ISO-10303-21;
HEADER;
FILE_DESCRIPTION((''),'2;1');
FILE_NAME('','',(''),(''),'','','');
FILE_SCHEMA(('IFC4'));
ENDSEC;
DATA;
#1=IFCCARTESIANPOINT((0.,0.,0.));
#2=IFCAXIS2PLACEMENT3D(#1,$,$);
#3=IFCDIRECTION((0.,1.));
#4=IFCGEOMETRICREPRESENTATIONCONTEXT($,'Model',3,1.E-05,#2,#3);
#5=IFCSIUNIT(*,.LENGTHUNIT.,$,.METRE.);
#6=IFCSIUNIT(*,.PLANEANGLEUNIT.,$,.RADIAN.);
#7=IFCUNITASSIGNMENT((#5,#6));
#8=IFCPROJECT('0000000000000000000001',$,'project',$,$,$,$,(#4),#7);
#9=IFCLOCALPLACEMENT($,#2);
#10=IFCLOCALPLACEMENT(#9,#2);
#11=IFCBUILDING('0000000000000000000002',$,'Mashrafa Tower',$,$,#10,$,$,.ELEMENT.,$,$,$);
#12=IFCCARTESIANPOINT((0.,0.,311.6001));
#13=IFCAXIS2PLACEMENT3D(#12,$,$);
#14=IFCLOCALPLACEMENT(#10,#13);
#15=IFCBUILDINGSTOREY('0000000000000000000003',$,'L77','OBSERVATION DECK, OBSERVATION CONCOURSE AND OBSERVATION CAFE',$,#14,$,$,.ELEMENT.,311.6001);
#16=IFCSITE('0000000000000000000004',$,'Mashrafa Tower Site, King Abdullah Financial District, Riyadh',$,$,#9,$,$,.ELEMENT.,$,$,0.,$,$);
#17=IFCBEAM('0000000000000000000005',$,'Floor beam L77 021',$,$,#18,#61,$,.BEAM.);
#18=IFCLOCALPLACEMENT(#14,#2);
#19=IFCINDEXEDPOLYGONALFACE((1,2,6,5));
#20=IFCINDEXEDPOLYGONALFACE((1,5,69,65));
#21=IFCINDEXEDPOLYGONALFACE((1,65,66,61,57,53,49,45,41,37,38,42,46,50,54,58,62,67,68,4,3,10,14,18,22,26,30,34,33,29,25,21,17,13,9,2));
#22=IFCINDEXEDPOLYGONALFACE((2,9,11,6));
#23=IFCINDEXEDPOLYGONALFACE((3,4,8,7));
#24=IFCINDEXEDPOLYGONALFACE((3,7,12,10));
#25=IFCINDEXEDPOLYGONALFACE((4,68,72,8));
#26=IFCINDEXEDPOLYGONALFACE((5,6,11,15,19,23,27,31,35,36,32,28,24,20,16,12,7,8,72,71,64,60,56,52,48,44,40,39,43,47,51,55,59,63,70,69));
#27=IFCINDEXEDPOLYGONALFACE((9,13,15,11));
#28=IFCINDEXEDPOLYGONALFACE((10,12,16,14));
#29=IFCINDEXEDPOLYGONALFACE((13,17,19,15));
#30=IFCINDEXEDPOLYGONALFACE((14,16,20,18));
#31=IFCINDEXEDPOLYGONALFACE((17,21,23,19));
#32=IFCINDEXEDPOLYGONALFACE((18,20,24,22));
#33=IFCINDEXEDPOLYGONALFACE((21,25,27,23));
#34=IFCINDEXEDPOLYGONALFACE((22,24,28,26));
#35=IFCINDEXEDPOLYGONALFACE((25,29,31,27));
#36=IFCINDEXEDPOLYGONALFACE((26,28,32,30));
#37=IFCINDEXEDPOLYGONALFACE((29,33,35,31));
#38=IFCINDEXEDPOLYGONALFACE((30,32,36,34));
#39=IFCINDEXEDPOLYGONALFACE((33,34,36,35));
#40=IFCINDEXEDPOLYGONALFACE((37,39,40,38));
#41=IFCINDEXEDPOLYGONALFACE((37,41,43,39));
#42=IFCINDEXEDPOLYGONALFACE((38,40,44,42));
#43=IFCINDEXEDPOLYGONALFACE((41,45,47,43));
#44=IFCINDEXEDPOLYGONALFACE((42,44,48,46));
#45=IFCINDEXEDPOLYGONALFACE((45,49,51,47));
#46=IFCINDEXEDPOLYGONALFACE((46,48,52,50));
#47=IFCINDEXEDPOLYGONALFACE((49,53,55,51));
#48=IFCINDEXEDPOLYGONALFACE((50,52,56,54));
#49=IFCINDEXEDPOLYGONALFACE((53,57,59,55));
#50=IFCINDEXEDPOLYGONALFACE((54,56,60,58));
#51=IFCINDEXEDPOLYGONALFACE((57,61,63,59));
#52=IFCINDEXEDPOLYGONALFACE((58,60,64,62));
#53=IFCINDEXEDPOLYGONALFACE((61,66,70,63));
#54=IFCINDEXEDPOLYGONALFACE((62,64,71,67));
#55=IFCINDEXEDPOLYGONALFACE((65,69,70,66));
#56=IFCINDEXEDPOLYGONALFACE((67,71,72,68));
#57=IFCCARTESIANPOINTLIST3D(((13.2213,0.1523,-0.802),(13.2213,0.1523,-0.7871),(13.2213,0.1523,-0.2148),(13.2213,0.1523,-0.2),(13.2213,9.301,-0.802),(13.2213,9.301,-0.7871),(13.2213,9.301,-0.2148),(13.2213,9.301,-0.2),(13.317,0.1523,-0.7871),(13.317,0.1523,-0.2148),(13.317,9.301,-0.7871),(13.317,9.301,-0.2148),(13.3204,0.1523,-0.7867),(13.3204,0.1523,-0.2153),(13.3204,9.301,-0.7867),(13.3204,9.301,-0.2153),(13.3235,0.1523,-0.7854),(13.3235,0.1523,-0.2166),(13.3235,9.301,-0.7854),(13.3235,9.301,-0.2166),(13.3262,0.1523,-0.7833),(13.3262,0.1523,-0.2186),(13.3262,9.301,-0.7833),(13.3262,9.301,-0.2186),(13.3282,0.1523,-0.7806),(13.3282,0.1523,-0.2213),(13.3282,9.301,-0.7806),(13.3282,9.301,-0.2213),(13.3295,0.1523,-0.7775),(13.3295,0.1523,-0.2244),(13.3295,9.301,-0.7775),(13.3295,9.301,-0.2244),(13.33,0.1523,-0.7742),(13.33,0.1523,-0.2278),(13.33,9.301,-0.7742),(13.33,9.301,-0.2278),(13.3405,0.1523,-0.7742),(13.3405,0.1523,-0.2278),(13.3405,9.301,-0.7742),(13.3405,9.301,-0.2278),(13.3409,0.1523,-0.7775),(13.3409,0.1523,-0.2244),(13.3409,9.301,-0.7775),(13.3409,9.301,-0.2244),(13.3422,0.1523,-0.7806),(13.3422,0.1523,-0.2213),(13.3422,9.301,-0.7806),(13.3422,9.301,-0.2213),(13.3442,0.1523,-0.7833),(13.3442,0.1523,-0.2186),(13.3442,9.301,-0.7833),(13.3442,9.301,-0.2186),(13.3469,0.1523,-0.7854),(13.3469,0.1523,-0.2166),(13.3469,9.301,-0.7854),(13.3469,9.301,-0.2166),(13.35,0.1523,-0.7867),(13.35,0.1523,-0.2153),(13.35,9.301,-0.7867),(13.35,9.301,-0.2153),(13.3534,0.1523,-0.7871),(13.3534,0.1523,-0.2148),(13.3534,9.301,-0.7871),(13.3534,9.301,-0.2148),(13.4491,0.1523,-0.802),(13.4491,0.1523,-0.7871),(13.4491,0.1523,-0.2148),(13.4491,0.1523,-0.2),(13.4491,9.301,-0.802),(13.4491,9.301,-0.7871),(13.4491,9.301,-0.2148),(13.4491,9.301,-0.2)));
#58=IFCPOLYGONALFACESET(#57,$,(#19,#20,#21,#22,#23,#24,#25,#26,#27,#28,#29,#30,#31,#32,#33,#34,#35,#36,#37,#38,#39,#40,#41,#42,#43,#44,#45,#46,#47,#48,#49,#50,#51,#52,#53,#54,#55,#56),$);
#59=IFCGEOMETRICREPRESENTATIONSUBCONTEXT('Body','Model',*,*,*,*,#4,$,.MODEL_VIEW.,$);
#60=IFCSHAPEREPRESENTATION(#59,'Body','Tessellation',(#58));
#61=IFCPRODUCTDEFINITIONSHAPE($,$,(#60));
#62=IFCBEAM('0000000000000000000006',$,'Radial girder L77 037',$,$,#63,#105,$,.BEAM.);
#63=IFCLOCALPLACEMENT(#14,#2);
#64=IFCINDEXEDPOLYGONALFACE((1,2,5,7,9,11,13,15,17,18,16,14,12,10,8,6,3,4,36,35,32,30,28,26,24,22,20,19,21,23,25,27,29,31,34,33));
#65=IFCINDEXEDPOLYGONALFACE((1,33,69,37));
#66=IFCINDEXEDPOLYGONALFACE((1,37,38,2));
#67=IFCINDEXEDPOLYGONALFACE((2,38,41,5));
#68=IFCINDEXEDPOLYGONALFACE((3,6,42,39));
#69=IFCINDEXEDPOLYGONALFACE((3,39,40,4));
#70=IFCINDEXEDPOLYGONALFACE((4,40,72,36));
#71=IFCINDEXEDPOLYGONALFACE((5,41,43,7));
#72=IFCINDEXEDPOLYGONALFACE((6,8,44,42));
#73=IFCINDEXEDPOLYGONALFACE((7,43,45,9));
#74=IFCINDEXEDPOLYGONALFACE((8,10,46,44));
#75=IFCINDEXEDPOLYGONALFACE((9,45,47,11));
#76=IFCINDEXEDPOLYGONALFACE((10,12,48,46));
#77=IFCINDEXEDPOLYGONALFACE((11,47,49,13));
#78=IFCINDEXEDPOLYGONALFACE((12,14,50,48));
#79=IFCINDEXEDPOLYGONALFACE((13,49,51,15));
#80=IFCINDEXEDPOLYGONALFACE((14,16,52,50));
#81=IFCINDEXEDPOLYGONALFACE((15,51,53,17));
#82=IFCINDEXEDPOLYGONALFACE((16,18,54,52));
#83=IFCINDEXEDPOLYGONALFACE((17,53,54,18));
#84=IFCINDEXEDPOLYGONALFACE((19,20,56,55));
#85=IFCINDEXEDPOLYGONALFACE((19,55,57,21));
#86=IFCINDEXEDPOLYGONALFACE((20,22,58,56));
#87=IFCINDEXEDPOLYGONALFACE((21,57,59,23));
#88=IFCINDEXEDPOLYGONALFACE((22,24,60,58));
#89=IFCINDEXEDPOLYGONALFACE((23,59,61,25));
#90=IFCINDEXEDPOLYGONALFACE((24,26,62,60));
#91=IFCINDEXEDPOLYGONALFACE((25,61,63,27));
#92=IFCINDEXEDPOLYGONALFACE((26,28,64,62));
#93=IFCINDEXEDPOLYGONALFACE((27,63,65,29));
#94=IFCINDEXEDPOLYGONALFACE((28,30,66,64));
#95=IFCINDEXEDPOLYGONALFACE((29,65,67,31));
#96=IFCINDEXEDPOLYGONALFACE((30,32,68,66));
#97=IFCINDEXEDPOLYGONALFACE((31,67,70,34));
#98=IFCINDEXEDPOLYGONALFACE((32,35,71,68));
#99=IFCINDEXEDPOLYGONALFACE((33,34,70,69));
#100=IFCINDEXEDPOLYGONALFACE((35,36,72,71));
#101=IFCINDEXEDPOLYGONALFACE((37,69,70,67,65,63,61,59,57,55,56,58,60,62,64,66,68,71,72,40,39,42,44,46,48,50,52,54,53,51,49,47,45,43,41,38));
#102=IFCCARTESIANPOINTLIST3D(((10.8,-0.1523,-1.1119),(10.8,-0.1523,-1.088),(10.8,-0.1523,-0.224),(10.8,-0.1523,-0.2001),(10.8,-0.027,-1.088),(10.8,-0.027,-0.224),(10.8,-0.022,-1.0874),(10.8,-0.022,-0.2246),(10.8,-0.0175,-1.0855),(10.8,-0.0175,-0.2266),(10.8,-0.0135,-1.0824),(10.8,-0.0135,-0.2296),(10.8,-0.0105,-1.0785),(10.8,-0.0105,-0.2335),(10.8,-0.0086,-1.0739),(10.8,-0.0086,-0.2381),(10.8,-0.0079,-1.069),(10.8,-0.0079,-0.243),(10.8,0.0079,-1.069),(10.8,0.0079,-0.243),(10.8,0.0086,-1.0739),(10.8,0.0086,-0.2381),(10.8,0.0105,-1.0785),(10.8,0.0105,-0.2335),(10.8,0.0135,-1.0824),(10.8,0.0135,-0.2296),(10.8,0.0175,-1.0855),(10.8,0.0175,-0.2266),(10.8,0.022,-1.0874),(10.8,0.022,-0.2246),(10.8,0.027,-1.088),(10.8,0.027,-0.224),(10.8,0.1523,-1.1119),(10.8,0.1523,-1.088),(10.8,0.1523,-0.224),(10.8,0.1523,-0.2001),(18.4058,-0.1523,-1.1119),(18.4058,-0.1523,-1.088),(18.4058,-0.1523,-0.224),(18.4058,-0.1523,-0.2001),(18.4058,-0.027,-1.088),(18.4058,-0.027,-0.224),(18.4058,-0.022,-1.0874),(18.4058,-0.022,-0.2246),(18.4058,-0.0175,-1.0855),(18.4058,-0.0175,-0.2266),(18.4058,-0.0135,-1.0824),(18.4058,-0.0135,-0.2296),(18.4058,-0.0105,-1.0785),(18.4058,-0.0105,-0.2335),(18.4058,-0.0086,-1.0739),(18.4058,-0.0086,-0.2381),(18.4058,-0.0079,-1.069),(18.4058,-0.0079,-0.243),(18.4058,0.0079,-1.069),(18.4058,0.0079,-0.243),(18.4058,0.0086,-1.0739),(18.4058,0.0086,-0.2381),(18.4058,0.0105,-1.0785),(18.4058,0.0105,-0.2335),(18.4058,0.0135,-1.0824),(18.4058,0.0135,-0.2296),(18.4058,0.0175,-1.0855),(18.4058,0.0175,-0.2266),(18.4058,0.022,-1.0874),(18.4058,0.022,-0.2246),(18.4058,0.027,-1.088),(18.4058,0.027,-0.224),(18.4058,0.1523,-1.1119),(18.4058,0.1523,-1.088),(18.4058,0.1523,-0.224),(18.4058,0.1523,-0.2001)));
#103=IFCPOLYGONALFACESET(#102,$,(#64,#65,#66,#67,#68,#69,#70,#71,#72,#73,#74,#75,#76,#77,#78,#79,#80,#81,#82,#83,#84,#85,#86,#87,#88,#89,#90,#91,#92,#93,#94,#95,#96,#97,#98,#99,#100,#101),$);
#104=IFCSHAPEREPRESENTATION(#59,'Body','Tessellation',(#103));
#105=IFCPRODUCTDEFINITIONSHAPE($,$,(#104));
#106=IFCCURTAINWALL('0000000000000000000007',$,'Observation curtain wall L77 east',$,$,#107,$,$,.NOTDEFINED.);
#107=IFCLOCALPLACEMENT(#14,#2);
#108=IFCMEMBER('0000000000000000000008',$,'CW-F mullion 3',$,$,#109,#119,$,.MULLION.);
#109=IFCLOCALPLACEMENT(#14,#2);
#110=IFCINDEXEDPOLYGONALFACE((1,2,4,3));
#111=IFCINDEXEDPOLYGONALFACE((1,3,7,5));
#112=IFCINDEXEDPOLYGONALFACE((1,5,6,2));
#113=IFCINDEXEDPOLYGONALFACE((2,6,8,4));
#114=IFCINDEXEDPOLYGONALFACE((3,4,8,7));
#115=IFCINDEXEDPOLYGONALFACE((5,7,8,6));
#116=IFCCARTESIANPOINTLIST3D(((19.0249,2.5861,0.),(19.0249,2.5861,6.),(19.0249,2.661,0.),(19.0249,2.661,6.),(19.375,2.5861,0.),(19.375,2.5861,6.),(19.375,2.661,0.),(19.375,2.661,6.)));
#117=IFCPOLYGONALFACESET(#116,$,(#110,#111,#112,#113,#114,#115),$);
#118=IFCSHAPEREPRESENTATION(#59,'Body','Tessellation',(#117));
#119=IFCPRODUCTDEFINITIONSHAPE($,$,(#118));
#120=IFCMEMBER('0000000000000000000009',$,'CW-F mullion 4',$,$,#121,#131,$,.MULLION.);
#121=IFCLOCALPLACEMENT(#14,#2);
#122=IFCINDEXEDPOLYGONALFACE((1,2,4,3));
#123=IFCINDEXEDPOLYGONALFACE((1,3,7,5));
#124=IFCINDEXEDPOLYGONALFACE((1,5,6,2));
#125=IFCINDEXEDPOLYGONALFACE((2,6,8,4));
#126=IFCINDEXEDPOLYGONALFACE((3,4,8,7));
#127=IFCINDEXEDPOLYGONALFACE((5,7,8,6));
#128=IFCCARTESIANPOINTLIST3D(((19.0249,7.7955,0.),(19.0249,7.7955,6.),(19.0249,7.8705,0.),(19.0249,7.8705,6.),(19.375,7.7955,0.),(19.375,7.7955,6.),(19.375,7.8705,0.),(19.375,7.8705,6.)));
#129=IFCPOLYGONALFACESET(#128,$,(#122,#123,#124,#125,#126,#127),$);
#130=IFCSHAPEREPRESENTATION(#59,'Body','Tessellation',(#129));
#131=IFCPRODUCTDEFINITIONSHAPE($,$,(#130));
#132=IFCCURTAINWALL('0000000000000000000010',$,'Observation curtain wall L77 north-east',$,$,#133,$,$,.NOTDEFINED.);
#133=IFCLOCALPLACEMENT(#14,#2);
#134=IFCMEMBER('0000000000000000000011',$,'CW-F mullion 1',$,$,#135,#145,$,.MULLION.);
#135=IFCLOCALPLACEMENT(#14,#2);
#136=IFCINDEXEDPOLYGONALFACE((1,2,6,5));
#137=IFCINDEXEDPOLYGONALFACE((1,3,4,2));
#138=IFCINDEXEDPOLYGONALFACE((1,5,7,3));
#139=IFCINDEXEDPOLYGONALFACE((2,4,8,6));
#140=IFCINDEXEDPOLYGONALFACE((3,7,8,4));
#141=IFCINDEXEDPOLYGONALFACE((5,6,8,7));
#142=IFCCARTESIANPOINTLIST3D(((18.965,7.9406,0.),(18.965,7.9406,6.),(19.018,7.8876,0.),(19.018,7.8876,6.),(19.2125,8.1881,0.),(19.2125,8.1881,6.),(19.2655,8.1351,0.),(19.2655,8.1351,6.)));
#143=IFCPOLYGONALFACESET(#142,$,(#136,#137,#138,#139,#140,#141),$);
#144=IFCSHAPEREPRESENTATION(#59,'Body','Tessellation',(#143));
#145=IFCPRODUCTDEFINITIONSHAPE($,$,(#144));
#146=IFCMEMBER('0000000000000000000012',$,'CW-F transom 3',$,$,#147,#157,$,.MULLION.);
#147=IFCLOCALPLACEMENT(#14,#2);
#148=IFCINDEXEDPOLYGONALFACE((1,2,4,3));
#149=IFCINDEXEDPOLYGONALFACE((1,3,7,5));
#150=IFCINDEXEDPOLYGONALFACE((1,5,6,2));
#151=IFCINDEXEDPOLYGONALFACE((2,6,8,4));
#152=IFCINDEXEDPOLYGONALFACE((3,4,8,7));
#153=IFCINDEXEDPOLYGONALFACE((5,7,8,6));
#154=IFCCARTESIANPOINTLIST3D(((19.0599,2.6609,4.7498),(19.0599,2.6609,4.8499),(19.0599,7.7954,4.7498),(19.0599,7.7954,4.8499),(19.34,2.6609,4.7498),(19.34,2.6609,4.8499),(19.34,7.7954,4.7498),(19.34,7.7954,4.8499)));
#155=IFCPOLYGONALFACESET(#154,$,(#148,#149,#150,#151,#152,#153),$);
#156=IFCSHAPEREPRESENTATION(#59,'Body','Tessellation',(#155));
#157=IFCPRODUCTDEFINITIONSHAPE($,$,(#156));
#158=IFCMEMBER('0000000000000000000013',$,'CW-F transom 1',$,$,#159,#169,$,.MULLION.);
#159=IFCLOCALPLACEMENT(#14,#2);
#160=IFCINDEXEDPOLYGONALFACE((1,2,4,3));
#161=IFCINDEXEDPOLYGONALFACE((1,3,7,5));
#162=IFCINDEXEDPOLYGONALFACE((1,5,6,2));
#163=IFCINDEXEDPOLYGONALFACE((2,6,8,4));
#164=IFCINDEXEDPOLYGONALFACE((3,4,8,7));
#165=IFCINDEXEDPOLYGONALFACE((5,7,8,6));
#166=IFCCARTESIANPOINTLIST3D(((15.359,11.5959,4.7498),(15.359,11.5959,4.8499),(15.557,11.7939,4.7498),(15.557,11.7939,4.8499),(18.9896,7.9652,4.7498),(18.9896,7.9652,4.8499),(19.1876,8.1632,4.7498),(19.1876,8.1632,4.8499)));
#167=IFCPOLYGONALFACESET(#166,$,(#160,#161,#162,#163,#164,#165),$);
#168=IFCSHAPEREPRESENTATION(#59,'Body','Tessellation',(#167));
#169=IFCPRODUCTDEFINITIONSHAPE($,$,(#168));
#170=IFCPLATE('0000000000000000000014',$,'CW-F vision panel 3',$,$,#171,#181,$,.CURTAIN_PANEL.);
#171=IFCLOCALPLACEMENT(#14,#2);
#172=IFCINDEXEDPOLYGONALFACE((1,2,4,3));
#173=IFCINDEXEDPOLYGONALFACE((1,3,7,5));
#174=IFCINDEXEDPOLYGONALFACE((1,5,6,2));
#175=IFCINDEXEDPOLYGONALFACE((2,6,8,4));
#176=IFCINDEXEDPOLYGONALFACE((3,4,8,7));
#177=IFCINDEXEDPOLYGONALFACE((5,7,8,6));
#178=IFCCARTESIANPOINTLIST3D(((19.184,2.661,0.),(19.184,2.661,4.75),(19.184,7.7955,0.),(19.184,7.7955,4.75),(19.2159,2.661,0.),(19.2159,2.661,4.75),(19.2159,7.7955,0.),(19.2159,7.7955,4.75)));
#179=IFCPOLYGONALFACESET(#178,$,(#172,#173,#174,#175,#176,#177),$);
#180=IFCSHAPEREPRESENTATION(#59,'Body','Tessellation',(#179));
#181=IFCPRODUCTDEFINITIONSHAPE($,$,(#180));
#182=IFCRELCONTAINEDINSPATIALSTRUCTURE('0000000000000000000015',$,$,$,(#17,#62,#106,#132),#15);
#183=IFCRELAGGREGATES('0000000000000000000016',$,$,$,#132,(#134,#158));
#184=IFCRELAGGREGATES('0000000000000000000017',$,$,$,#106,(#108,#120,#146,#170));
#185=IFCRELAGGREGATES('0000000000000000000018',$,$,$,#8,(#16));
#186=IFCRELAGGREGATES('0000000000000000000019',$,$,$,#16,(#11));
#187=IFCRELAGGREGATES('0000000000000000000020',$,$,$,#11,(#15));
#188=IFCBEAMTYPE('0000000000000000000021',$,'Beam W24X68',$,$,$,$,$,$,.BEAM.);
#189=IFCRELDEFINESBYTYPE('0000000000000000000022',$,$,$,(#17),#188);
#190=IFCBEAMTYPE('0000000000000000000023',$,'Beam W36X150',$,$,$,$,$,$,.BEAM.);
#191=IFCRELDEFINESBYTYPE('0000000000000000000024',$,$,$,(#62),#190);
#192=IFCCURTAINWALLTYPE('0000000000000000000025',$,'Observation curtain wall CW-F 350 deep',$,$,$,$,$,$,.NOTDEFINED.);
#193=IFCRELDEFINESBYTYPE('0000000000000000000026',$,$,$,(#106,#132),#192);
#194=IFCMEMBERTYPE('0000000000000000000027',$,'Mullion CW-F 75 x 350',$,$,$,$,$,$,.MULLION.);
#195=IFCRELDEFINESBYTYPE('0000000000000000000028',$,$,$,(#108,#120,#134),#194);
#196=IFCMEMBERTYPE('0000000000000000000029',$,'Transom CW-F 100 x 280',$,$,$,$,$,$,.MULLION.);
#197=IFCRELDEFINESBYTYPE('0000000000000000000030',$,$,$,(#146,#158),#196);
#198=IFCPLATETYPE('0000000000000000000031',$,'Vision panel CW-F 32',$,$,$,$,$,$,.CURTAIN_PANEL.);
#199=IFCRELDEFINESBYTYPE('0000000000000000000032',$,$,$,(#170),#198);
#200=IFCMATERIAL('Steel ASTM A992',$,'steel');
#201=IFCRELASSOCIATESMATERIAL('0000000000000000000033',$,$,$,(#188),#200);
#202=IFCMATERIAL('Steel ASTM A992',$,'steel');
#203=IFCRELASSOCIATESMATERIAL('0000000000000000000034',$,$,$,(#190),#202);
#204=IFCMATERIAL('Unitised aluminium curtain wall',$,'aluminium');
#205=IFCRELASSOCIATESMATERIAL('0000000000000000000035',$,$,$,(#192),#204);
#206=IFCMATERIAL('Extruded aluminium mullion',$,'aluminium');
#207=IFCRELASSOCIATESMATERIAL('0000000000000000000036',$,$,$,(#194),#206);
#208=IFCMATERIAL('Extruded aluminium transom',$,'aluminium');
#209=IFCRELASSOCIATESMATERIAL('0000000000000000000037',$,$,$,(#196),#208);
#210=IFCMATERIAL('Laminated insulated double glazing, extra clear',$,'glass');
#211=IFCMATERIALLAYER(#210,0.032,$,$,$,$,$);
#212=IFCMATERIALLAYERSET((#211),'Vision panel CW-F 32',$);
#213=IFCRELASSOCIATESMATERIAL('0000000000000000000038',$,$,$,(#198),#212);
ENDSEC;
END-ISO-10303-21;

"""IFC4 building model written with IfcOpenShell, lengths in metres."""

from ifc_helpers import new_model, si_unit, direction, frame, origin, origin_2d, place, context, subcontext, project, spatial, rectangle, i_section, extrude, source, transform, mapped, material, layer, layer_set, material_profile, profile_set, type_object, type_shapes, element, aggregate, save


model = new_model("IFC4")

# Units and contexts
model_context = context("Model", 3, precision=1e-05, world=origin(), true_north=direction((0.0, 1.0)))
body_context = subcontext(model_context, "Body", "Model", "MODEL_VIEW")
ifc_project = project(units=[si_unit("LENGTHUNIT", "METRE"), si_unit("PLANEANGLEUNIT", "RADIAN")], contexts=[model_context])

# Site, building, storey
site_placement = place(None, origin())
site = spatial("IfcSite", under=ifc_project, at=site_placement, Name="Mashrafa Tower Site, King Abdullah Financial District, Riyadh", CompositionType="ELEMENT", RefElevation=0.0)
building_placement = place(site_placement, origin())
building = spatial("IfcBuilding", under=site, at=building_placement, Name="Mashrafa Tower", CompositionType="ELEMENT")
storey_placement = place(building_placement, frame((0.0, 0.0, 311.6001)))
storey = spatial("IfcBuildingStorey", under=building, at=storey_placement, Name="L77", Description="OBSERVATION DECK, OBSERVATION CONCOURSE AND OBSERVATION CAFE", CompositionType="ELEMENT", Elevation=311.6001)

# Beams
ifc_material_1 = material(Name="Steel ASTM A992", Category="steel")
ifc_material_profile_1 = material_profile(ifc_material_1, i_section(OverallWidth=0.2278, OverallDepth=0.6021, WebThickness=0.0105, FlangeThickness=0.0149, FilletRadius=0.0129, at=origin_2d()), Name="W24X68")
ifc_profile_set_1 = profile_set([ifc_material_profile_1], Name="Steel ASTM A992")
beam_type_1 = type_object("IfcBeamType", Name="Beam W24X68", PredefinedType="BEAM", material=ifc_profile_set_1)
beam_1_placement = place(storey_placement, frame((13.3352, 9.301, -0.501), z_axis=(0.0, -1.0, 0.0), x_axis=(1.0, 0.0, 0.0)))
element("IfcBeam", 1, at=beam_1_placement, inside=storey, type_object=beam_type_1, Name="Floor beam L77 021", PredefinedType="BEAM", context=body_context, shape_type="SweptSolid", body=[
    extrude(i_section(OverallWidth=0.2278, OverallDepth=0.6021, WebThickness=0.0105, FlangeThickness=0.0149, FilletRadius=0.0129, at=origin_2d()), origin(), (0.0, 0.0, 1.0), 9.1487),
])
ifc_material_2 = material(Name="Steel ASTM A992", Category="steel")
ifc_material_profile_2 = material_profile(ifc_material_2, i_section(OverallWidth=0.3047, OverallDepth=0.9119, WebThickness=0.0159, FlangeThickness=0.0239, FilletRadius=0.019, at=origin_2d()), Name="W36X150")
ifc_profile_set_2 = profile_set([ifc_material_profile_2], Name="Steel ASTM A992")
beam_type_2 = type_object("IfcBeamType", Name="Beam W36X150", PredefinedType="BEAM", material=ifc_profile_set_2)
beam_2_placement = place(storey_placement, frame((10.8, 0.0, -0.656), z_axis=(1.0, 0.0, 0.0), x_axis=(0.0, 1.0, 0.0)))
element("IfcBeam", 2, at=beam_2_placement, inside=storey, type_object=beam_type_2, Name="Radial girder L77 037", PredefinedType="BEAM", context=body_context, shape_type="SweptSolid", body=[
    extrude(i_section(OverallWidth=0.3047, OverallDepth=0.9119, WebThickness=0.0159, FlangeThickness=0.0239, FilletRadius=0.019, at=origin_2d()), origin(), (0.0, 0.0, 1.0), 7.6057),
])

# Curtain wall, members
ifc_material_3 = material(Name="Unitised aluminium curtain wall", Category="aluminium")
curtain_wall_type = type_object("IfcCurtainWallType", Name="Observation curtain wall CW-F 350 deep", PredefinedType="NOTDEFINED", material=ifc_material_3)
curtain_wall_1_placement = place(storey_placement, origin())
curtain_wall_1 = element("IfcCurtainWall", 3, at=curtain_wall_1_placement, inside=storey, type_object=curtain_wall_type, Name="Observation curtain wall L77 east", PredefinedType="NOTDEFINED")
ifc_material_4 = material(Name="Extruded aluminium mullion", Category="aluminium")
ifc_material_profile_3 = material_profile(ifc_material_4, rectangle(XDim=0.3501, YDim=0.075, at=origin_2d()), Name="Mullion 75x350")
ifc_profile_set_3 = profile_set([ifc_material_profile_3], Name="Extruded aluminium mullion")
member_type_1 = type_object("IfcMemberType", Name="Mullion CW-F 75 x 350", PredefinedType="MULLION", material=ifc_profile_set_3)
shared_shape_1 = source(origin(), body_context, "Body", "SweptSolid", [
    extrude(rectangle(XDim=0.3501, YDim=0.075, at=origin_2d()), origin(), (0.0, 0.0, 1.0), 6.0),
])
type_shapes(member_type_1, [shared_shape_1])
member_1_placement = place(storey_placement, frame((19.2, 2.6235, 0.0), z_axis=(0.0, 0.0, 1.0), x_axis=(-1.0, 0.0, 0.0)))
member_1 = element("IfcMember", 4, at=member_1_placement, type_object=member_type_1, Name="CW-F mullion 3", PredefinedType="MULLION", context=body_context, shape_type="MappedRepresentation", body=[
    mapped(shared_shape_1, transform((0.0, 0.0, 0.0))),
])
member_2_placement = place(storey_placement, frame((19.2, 7.833, 0.0), z_axis=(0.0, 0.0, 1.0), x_axis=(-1.0, 0.0, 0.0)))
member_2 = element("IfcMember", 5, at=member_2_placement, type_object=member_type_1, Name="CW-F mullion 4", PredefinedType="MULLION", context=body_context, shape_type="MappedRepresentation", body=[
    mapped(shared_shape_1, transform((0.0, 0.0, 0.0))),
])

# Curtain wall, member
curtain_wall_2_placement = place(storey_placement, origin())
curtain_wall_2 = element("IfcCurtainWall", 6, at=curtain_wall_2_placement, inside=storey, type_object=curtain_wall_type, Name="Observation curtain wall L77 north-east", PredefinedType="NOTDEFINED")
member_3_placement = place(storey_placement, frame((19.1152, 8.0378, 0.0), z_axis=(0.0, 0.0, 1.0), x_axis=(-0.707107, -0.707107, 0.0)))
member_3 = element("IfcMember", 7, at=member_3_placement, type_object=member_type_1, Name="CW-F mullion 1", PredefinedType="MULLION", context=body_context, shape_type="MappedRepresentation", body=[
    mapped(shared_shape_1, transform((0.0, 0.0, 0.0))),
])

# Members
ifc_material_5 = material(Name="Extruded aluminium transom", Category="aluminium")
ifc_material_profile_4 = material_profile(ifc_material_5, rectangle(XDim=0.28, YDim=0.1001, at=origin_2d()), Name="Transom 100x280")
ifc_profile_set_4 = profile_set([ifc_material_profile_4], Name="Extruded aluminium transom")
member_type_2 = type_object("IfcMemberType", Name="Transom CW-F 100 x 280", PredefinedType="MULLION", material=ifc_profile_set_4)
shared_shape_2 = source(origin(), body_context, "Body", "SweptSolid", [
    extrude(rectangle(XDim=0.28, YDim=0.1001, at=origin_2d()), origin(), (0.0, 0.0, 1.0), 5.1345),
])
type_shapes(member_type_2, [shared_shape_2])
member_4_placement = place(storey_placement, frame((19.2, 2.6609, 4.7998), z_axis=(0.0, 1.0, 0.0), x_axis=(-1.0, 0.0, 0.0)))
member_4 = element("IfcMember", 8, at=member_4_placement, type_object=member_type_2, Name="CW-F transom 3", PredefinedType="MULLION", context=body_context, shape_type="MappedRepresentation", body=[
    mapped(shared_shape_2, transform((0.0, 0.0, 0.0))),
])
member_5_placement = place(storey_placement, frame((19.0886, 8.0642, 4.7998), z_axis=(-0.707107, 0.707107, 0.0), x_axis=(-0.707107, -0.707107, 0.0)))
member_5 = element("IfcMember", 9, at=member_5_placement, type_object=member_type_2, Name="CW-F transom 1", PredefinedType="MULLION", context=body_context, shape_type="MappedRepresentation", body=[
    mapped(shared_shape_2, transform((0.0, 0.0, 0.0))),
])
aggregate(curtain_wall_2, [member_3, member_5])

# Plate
ifc_material_6 = material(Name="Laminated insulated double glazing, extra clear", Category="glass")
ifc_layer_1 = layer(ifc_material_6, 0.032)
ifc_layer_set_1 = layer_set([ifc_layer_1], Name="Vision panel CW-F 32")
plate_type_1 = type_object("IfcPlateType", Name="Vision panel CW-F 32", PredefinedType="CURTAIN_PANEL", material=ifc_layer_set_1)
shared_shape_3 = source(origin(), body_context, "Body", "SweptSolid", [
    extrude(rectangle(XDim=5.1345, YDim=0.032, at=origin_2d()), origin(), (0.0, 0.0, 1.0), 4.75),
])
plate_1_placement = place(storey_placement, frame((19.2, 5.2283, 0.0), z_axis=(0.0, 0.0, 1.0), x_axis=(0.0, 1.0, 0.0)))
plate_1 = element("IfcPlate", 10, at=plate_1_placement, type_object=plate_type_1, Name="CW-F vision panel 3", PredefinedType="CURTAIN_PANEL", context=body_context, shape_type="MappedRepresentation", body=[
    mapped(shared_shape_3, transform((0.0, 0.0, 0.0))),
])
aggregate(curtain_wall_1, [member_1, member_2, member_4, plate_1])

save(model, "model.ifc")
